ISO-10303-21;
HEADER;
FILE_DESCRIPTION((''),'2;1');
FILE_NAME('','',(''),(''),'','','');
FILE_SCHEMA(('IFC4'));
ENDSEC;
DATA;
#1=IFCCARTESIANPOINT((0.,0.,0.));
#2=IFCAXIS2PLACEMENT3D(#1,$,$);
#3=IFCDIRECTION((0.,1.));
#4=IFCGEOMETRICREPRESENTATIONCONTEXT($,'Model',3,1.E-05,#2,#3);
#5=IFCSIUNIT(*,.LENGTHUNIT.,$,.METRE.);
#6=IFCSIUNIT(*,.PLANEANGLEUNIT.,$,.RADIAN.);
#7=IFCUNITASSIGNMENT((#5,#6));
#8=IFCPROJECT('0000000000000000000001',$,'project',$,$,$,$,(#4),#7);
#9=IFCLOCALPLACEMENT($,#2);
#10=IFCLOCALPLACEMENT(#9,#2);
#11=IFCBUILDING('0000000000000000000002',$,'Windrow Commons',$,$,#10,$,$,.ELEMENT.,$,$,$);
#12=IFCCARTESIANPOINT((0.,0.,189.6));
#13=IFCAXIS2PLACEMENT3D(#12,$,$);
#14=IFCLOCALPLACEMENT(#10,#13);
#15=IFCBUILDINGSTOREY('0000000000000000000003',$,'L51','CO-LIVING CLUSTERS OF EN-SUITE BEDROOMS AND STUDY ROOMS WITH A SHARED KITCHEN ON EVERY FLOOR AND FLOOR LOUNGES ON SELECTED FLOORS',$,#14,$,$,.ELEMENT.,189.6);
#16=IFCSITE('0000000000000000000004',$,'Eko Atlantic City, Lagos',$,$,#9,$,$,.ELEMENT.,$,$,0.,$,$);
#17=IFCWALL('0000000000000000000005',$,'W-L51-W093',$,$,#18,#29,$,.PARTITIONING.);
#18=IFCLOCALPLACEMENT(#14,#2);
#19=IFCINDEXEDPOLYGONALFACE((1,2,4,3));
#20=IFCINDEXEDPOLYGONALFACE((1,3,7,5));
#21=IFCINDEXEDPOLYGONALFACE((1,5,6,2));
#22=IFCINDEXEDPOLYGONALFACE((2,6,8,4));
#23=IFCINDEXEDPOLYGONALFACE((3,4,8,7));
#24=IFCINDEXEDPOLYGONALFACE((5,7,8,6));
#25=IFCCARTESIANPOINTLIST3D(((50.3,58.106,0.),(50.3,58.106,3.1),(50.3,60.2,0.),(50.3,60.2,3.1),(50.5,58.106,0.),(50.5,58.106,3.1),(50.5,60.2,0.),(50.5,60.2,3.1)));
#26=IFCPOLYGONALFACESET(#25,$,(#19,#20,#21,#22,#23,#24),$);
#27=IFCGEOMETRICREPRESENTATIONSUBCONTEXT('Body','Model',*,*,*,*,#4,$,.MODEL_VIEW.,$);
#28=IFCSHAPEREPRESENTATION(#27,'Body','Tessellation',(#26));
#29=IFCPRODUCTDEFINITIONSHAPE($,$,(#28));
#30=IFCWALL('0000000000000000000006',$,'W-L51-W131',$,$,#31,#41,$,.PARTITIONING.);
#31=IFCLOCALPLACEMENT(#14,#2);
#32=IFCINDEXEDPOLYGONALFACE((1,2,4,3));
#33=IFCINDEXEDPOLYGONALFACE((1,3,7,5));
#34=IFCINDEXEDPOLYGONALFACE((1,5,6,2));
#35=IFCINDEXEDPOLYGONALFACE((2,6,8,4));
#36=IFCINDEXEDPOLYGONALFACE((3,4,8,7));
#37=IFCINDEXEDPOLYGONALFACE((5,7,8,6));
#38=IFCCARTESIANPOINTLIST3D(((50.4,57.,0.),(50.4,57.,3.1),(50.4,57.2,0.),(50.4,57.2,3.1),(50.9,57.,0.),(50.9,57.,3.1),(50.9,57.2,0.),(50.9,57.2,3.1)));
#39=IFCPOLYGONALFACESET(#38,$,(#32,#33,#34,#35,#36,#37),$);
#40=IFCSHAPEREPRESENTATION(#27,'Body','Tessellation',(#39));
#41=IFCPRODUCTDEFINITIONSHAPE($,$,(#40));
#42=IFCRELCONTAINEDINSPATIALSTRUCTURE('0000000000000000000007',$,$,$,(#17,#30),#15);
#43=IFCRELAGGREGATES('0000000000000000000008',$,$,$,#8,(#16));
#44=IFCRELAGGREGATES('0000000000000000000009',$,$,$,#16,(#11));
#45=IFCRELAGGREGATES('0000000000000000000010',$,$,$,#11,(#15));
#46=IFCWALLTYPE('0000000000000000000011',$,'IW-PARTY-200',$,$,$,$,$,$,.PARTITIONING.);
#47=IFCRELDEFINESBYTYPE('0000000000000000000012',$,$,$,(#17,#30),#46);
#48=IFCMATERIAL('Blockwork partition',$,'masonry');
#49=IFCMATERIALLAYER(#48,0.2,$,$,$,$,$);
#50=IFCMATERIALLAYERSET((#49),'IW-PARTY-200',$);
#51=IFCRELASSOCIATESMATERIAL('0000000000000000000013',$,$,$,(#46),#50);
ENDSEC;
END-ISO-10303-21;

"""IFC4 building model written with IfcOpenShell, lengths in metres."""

from ifc_helpers import new_model, si_unit, direction, frame, frame_2d, origin, place, context, subcontext, project, spatial, rectangle, extrude, material, layer, layer_set, type_object, element, save


model = new_model("IFC4")

# Units and contexts
model_context = context("Model", 3, precision=1e-05, world=origin(), true_north=direction((0.0, 1.0)))
body_context = subcontext(model_context, "Body", "Model", "MODEL_VIEW")
ifc_project = project(units=[si_unit("LENGTHUNIT", "METRE"), si_unit("PLANEANGLEUNIT", "RADIAN")], contexts=[model_context])

# Site, building, storey
site_placement = place(None, origin())
site = spatial("IfcSite", under=ifc_project, at=site_placement, Name="Eko Atlantic City, Lagos", CompositionType="ELEMENT", RefElevation=0.0)
building_placement = place(site_placement, origin())
building = spatial("IfcBuilding", under=site, at=building_placement, Name="Windrow Commons", CompositionType="ELEMENT")
storey_placement = place(building_placement, frame((0.0, 0.0, 189.6)))
storey = spatial("IfcBuildingStorey", under=building, at=storey_placement, Name="L51", Description="CO-LIVING CLUSTERS OF EN-SUITE BEDROOMS AND STUDY ROOMS WITH A SHARED KITCHEN ON EVERY FLOOR AND FLOOR LOUNGES ON SELECTED FLOORS", CompositionType="ELEMENT", Elevation=189.6)

# Walls
ifc_material_1 = material(Name="Blockwork partition", Category="masonry")
ifc_layer_1 = layer(ifc_material_1, 0.2)
ifc_layer_set_1 = layer_set([ifc_layer_1], Name="IW-PARTY-200")
wall_type_1 = type_object("IfcWallType", Name="IW-PARTY-200", PredefinedType="PARTITIONING", material=ifc_layer_set_1)
wall_1_placement = place(storey_placement, frame((50.4, 58.106, 0.0), z_axis=(0.0, 0.0, 1.0), x_axis=(0.0, 1.0, 0.0)))
element("IfcWall", 1, at=wall_1_placement, inside=storey, type_object=wall_type_1, Name="W-L51-W093", PredefinedType="PARTITIONING", context=body_context, shape_type="SweptSolid", body=[
    extrude(rectangle(XDim=2.094, YDim=0.2, at=frame_2d((1.047, 0.0))), origin(), (0.0, 0.0, 1.0), 3.1),
])
wall_2_placement = place(storey_placement, frame((50.4, 57.1, 0.0), z_axis=(0.0, 0.0, 1.0), x_axis=(1.0, 0.0, 0.0)))
element("IfcWall", 2, at=wall_2_placement, inside=storey, type_object=wall_type_1, Name="W-L51-W131", PredefinedType="PARTITIONING", context=body_context, shape_type="SweptSolid", body=[
    extrude(rectangle(XDim=0.5, YDim=0.2, at=frame_2d((0.25, 0.0))), origin(), (0.0, 0.0, 1.0), 3.1),
])

save(model, "model.ifc")
